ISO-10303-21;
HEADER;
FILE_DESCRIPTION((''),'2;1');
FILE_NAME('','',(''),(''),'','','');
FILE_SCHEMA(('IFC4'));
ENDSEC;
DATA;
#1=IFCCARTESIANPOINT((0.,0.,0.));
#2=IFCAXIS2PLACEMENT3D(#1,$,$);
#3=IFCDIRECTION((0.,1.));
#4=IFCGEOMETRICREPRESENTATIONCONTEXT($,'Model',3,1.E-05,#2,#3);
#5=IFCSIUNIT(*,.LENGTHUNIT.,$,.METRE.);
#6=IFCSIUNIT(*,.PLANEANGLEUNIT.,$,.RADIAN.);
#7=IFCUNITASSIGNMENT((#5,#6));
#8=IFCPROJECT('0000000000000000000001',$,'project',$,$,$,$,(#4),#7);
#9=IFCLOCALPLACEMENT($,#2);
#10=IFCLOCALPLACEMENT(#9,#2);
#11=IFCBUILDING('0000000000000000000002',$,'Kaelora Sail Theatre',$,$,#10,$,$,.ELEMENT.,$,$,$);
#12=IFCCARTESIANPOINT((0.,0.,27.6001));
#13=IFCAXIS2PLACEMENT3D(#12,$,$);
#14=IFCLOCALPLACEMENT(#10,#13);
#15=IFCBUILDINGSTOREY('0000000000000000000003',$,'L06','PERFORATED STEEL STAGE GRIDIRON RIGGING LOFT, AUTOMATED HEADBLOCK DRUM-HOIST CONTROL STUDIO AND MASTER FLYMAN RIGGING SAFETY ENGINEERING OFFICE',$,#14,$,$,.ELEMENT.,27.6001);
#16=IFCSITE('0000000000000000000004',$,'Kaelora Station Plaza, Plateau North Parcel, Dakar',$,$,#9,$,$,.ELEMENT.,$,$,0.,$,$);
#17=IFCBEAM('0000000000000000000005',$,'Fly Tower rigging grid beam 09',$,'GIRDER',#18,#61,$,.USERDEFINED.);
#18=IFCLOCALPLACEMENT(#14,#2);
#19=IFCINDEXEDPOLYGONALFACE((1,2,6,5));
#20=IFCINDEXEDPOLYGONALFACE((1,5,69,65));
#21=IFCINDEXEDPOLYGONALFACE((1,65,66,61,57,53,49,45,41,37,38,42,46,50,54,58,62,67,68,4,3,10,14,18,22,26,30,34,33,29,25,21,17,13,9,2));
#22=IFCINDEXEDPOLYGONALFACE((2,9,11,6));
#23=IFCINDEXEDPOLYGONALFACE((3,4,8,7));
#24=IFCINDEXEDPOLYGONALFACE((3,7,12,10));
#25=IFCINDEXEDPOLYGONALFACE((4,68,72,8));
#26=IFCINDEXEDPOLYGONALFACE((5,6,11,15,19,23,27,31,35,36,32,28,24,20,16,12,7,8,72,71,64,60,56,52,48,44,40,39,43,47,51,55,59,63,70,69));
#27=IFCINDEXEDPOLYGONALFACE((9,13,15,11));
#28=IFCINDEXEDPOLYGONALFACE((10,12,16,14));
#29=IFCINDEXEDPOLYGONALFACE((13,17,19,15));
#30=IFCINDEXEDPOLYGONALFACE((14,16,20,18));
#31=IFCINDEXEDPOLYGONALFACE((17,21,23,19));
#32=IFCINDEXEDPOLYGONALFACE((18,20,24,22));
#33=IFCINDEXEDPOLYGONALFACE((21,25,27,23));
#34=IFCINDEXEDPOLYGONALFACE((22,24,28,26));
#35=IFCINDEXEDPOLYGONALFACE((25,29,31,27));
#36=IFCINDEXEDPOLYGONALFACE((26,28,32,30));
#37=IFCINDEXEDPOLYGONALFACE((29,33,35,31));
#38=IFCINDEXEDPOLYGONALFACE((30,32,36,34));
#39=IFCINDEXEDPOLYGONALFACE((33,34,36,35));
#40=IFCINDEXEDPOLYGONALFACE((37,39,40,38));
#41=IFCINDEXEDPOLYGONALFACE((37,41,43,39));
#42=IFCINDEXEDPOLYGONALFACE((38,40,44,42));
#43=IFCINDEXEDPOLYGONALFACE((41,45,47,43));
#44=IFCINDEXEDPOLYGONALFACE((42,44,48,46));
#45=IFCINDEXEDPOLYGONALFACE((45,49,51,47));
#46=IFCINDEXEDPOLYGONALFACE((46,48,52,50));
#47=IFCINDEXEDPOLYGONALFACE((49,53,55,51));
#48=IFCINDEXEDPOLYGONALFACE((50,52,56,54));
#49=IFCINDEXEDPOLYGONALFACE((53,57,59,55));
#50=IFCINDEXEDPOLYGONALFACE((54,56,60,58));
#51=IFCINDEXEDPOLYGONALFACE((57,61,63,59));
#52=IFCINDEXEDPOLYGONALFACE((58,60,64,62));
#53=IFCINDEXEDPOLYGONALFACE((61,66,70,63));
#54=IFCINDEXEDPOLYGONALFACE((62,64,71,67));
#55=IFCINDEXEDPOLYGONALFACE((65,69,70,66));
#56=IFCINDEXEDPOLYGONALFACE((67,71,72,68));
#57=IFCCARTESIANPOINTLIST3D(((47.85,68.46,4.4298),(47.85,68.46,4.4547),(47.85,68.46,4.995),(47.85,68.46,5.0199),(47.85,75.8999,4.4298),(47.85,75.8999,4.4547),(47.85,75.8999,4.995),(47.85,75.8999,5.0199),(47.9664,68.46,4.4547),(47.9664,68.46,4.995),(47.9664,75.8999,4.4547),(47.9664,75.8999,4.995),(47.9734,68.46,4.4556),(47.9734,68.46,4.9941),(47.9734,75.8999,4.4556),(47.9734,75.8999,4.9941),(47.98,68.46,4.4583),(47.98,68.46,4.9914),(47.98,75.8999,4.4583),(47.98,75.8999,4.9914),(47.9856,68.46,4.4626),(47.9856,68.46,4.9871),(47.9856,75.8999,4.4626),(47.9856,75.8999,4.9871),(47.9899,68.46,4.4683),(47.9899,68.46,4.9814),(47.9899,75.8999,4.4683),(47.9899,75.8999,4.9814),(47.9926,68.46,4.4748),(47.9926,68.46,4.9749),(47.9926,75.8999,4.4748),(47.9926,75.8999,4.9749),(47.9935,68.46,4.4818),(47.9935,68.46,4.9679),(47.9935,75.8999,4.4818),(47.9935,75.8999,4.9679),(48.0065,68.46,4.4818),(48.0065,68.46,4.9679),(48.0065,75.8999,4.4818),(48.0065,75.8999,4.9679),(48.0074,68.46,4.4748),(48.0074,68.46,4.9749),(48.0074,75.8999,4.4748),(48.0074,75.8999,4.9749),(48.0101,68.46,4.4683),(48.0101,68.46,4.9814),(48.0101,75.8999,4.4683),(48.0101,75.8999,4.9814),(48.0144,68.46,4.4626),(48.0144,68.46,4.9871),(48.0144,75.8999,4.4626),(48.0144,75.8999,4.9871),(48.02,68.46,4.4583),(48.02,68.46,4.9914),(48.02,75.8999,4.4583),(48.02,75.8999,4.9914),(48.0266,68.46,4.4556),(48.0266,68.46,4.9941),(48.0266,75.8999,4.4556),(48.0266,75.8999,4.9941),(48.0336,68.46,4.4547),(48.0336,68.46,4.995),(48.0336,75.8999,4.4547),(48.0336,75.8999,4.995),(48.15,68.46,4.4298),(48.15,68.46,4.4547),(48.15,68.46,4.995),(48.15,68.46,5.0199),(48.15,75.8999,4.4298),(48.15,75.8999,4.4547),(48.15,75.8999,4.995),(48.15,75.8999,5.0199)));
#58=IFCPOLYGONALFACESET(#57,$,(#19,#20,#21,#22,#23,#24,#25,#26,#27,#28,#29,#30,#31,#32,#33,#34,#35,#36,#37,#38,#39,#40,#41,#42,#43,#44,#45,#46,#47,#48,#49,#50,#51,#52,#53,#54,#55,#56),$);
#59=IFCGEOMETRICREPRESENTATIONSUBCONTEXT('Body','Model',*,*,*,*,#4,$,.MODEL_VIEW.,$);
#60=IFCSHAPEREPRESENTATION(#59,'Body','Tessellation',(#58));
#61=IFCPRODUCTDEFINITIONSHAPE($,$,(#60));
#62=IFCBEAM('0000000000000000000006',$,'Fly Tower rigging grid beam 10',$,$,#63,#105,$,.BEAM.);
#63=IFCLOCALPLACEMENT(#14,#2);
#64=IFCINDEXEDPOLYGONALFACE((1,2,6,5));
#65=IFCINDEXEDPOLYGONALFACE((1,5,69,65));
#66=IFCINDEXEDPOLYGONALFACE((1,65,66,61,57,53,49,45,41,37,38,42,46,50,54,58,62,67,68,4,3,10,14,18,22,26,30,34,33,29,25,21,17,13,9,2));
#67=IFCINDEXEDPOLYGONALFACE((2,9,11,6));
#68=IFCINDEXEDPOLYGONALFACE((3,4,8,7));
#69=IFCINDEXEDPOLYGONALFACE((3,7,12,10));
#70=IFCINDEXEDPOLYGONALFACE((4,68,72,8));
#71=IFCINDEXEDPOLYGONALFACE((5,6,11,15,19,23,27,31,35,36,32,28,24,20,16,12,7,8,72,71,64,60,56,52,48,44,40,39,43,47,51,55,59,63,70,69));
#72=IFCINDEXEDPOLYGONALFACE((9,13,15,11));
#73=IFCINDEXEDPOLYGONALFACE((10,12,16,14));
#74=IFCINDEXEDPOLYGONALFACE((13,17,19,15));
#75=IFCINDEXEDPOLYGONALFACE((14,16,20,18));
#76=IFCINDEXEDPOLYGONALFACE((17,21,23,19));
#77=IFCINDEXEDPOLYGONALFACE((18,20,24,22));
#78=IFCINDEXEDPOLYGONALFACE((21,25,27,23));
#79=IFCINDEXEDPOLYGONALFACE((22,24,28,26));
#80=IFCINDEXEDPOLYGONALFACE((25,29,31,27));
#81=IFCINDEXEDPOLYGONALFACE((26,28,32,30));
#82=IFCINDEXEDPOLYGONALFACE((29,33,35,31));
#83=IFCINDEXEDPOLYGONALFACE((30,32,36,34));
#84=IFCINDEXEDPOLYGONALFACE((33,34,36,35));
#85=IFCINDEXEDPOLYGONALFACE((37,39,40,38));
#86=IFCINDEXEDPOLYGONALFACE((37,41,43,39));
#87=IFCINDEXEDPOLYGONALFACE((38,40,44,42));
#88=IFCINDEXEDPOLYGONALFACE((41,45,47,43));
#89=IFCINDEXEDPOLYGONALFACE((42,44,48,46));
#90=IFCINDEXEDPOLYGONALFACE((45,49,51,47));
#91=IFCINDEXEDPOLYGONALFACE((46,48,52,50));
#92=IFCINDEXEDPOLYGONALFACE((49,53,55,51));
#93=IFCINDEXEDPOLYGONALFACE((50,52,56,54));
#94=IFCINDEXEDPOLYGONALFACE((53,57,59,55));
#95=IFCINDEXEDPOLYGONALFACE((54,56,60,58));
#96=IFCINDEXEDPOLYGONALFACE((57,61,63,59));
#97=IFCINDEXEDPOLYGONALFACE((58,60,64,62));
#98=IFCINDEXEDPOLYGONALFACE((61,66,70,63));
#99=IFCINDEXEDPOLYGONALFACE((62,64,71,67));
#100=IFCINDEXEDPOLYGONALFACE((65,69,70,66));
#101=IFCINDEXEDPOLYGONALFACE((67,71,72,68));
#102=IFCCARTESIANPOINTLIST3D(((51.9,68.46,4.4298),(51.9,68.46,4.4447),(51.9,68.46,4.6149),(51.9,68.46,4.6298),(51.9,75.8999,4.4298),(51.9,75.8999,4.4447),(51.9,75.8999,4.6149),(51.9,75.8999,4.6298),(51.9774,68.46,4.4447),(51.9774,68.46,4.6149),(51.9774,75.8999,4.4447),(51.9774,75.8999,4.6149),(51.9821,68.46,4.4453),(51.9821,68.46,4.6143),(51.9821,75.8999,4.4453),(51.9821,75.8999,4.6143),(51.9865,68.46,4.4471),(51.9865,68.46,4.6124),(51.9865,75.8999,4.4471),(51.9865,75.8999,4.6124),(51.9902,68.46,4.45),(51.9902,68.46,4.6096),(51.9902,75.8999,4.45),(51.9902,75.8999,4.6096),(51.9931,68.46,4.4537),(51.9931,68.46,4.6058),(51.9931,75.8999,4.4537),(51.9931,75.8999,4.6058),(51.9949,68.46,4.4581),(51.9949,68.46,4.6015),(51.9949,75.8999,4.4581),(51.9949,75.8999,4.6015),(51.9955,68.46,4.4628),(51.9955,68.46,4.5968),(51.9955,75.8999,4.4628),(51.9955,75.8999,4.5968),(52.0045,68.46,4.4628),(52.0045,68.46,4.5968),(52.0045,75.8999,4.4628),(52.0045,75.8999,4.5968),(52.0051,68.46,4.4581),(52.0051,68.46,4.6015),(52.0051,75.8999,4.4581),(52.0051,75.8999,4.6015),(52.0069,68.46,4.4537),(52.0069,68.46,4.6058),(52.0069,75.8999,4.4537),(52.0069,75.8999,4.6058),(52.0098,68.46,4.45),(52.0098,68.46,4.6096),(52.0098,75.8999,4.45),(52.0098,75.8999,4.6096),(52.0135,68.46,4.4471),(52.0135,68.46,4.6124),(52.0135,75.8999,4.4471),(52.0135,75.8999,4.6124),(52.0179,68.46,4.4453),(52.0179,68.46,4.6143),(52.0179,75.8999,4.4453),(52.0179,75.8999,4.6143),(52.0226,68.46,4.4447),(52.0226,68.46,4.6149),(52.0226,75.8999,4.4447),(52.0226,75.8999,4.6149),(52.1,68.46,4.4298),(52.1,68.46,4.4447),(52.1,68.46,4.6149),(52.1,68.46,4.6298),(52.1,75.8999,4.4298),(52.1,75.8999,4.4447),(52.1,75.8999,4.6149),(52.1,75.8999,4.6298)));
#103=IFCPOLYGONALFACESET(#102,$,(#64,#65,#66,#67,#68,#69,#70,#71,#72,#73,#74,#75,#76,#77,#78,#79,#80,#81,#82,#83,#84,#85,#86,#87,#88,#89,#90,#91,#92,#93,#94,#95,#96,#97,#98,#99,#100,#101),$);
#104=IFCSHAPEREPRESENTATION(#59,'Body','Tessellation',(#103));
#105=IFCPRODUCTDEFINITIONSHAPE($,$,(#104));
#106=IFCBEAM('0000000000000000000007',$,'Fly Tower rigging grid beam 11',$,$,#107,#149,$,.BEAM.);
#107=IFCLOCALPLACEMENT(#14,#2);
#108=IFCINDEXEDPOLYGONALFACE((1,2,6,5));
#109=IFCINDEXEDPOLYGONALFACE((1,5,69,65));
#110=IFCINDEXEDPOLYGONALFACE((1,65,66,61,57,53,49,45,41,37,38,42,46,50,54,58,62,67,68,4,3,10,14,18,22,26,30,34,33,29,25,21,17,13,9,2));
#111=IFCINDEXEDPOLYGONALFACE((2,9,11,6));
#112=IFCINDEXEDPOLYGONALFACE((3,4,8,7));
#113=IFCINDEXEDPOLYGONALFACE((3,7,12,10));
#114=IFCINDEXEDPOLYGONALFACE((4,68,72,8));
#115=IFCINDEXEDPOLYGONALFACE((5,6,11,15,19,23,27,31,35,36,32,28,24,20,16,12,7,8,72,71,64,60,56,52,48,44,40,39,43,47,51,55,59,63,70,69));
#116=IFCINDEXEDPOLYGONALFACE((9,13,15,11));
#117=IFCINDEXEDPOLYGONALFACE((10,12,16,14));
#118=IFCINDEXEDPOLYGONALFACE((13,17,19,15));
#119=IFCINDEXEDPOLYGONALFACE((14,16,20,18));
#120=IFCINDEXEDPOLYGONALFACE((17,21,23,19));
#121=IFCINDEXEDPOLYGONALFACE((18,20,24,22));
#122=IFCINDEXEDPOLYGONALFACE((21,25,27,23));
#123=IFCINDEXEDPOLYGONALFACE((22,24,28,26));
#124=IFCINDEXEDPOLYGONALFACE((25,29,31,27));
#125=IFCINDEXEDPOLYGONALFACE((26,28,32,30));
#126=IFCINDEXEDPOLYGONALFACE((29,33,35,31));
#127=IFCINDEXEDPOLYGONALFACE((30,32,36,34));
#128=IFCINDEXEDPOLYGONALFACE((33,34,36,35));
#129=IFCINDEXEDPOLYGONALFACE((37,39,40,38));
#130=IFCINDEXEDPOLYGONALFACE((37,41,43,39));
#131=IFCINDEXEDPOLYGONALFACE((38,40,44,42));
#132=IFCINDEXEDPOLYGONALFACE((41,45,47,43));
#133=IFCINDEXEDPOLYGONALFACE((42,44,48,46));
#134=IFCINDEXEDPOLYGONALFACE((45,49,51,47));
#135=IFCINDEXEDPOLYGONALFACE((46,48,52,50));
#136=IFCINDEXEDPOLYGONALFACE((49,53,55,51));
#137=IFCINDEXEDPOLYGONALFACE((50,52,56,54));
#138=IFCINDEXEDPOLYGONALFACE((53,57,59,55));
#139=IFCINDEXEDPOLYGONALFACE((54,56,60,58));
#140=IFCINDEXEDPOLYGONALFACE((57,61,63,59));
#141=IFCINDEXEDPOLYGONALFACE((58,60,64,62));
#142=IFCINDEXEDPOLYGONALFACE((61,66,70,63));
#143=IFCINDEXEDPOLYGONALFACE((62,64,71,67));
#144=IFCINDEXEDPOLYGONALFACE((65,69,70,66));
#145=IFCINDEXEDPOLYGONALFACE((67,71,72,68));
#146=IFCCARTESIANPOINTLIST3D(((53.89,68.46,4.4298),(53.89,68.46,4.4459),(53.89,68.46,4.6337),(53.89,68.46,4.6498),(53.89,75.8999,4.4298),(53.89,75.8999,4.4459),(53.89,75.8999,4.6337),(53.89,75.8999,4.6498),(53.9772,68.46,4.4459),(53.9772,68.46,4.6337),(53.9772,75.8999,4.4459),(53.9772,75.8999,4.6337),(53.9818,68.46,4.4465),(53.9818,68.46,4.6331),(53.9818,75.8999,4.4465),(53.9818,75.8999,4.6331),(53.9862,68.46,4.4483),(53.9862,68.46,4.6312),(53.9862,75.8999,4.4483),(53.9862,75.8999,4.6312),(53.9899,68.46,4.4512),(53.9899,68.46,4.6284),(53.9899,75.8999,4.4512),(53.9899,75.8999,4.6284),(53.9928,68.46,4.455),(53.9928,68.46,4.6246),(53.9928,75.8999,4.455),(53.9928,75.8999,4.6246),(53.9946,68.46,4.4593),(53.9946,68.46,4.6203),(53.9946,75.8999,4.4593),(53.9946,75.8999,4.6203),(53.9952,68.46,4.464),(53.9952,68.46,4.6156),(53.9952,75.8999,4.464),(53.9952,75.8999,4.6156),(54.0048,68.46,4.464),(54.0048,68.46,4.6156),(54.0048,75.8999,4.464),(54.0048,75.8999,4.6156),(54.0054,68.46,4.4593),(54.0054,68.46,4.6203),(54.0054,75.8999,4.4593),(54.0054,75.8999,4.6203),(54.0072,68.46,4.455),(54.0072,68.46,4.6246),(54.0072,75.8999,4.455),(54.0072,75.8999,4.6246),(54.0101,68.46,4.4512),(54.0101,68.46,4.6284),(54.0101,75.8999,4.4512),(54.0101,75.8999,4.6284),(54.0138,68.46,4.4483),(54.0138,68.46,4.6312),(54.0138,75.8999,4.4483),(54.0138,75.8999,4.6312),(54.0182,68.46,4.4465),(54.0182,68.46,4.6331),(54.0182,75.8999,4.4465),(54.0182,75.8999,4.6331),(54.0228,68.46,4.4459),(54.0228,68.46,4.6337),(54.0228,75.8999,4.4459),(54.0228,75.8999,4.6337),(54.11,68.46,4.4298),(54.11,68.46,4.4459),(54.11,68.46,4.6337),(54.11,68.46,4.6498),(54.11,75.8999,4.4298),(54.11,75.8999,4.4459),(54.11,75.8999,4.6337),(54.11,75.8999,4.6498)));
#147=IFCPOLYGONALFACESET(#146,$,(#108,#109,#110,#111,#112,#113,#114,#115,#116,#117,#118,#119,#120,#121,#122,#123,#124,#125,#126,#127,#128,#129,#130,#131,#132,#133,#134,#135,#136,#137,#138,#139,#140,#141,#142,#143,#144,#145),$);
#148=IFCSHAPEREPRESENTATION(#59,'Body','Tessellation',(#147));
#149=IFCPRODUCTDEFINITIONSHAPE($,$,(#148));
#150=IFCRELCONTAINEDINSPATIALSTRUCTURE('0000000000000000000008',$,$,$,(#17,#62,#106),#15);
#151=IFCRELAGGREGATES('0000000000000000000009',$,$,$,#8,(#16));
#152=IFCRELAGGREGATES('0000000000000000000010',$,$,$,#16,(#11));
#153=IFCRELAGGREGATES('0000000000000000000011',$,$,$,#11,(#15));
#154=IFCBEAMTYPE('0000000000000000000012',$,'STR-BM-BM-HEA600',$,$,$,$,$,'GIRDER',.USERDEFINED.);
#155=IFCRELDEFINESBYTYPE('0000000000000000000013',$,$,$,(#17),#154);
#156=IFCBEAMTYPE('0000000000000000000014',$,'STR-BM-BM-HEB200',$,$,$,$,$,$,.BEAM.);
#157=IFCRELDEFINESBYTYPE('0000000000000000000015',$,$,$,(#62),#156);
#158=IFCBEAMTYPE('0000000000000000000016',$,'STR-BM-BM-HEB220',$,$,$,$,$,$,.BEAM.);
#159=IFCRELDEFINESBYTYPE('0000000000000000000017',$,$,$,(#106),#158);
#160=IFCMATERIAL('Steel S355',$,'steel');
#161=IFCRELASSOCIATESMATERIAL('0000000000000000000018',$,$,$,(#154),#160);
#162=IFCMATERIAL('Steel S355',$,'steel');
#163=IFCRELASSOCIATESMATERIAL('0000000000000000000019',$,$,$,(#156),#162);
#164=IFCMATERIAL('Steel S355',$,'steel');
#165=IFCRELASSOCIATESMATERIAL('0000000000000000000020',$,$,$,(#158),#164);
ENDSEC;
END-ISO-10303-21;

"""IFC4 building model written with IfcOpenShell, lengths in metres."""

from ifc_helpers import new_model, si_unit, direction, frame, origin, origin_2d, place, context, subcontext, project, spatial, i_section, extrude, material, material_profile, profile_set, type_object, element, save


model = new_model("IFC4")

# Units and contexts
model_context = context("Model", 3, precision=1e-05, world=origin(), true_north=direction((0.0, 1.0)))
body_context = subcontext(model_context, "Body", "Model", "MODEL_VIEW")
ifc_project = project(units=[si_unit("LENGTHUNIT", "METRE"), si_unit("PLANEANGLEUNIT", "RADIAN")], contexts=[model_context])

# Site, building, storey
site_placement = place(None, origin())
site = spatial("IfcSite", under=ifc_project, at=site_placement, Name="Kaelora Station Plaza, Plateau North Parcel, Dakar", CompositionType="ELEMENT", RefElevation=0.0)
building_placement = place(site_placement, origin())
building = spatial("IfcBuilding", under=site, at=building_placement, Name="Kaelora Sail Theatre", CompositionType="ELEMENT")
storey_placement = place(building_placement, frame((0.0, 0.0, 27.6001)))
storey = spatial("IfcBuildingStorey", under=building, at=storey_placement, Name="L06", Description="PERFORATED STEEL STAGE GRIDIRON RIGGING LOFT, AUTOMATED HEADBLOCK DRUM-HOIST CONTROL STUDIO AND MASTER FLYMAN RIGGING SAFETY ENGINEERING OFFICE", CompositionType="ELEMENT", Elevation=27.6001)

# Beams
ifc_material_1 = material(Name="Steel S355", Category="steel")
ifc_material_profile_1 = material_profile(ifc_material_1, i_section(OverallWidth=0.3, OverallDepth=0.5901, WebThickness=0.0129, FlangeThickness=0.0249, FilletRadius=0.0271, at=origin_2d()), Name="HEA 600")
ifc_profile_set_1 = profile_set([ifc_material_profile_1], Name="Steel S355")
beam_type_1 = type_object("IfcBeamType", Name="STR-BM-BM-HEA600", ElementType="GIRDER", PredefinedType="USERDEFINED", material=ifc_profile_set_1)
beam_1_placement = place(storey_placement, frame((48.0, 68.46, 4.7249), z_axis=(0.0, 1.0, 0.0), x_axis=(-1.0, 0.0, 0.0)))
element("IfcBeam", 1, at=beam_1_placement, inside=storey, type_object=beam_type_1, Name="Fly Tower rigging grid beam 09", ObjectType="GIRDER", PredefinedType="USERDEFINED", context=body_context, shape_type="SweptSolid", body=[
    extrude(i_section(OverallWidth=0.3, OverallDepth=0.5901, WebThickness=0.0129, FlangeThickness=0.0249, FilletRadius=0.0271, at=origin_2d()), origin(), (0.0, 0.0, 1.0), 7.4399),
])
ifc_material_2 = material(Name="Steel S355", Category="steel")
ifc_material_profile_2 = material_profile(ifc_material_2, i_section(OverallWidth=0.2, OverallDepth=0.2, WebThickness=0.009, FlangeThickness=0.0149, FilletRadius=0.0181, at=origin_2d()), Name="HEB 200")
ifc_profile_set_2 = profile_set([ifc_material_profile_2], Name="Steel S355")
beam_type_2 = type_object("IfcBeamType", Name="STR-BM-BM-HEB200", PredefinedType="BEAM", material=ifc_profile_set_2)
beam_2_placement = place(storey_placement, frame((52.0, 68.46, 4.5298), z_axis=(0.0, 1.0, 0.0), x_axis=(-1.0, 0.0, 0.0)))
element("IfcBeam", 2, at=beam_2_placement, inside=storey, type_object=beam_type_2, Name="Fly Tower rigging grid beam 10", PredefinedType="BEAM", context=body_context, shape_type="SweptSolid", body=[
    extrude(i_section(OverallWidth=0.2, OverallDepth=0.2, WebThickness=0.009, FlangeThickness=0.0149, FilletRadius=0.0181, at=origin_2d()), origin(), (0.0, 0.0, 1.0), 7.4399),
])
ifc_material_3 = material(Name="Steel S355", Category="steel")
ifc_material_profile_3 = material_profile(ifc_material_3, i_section(OverallWidth=0.22, OverallDepth=0.22, WebThickness=0.0095, FlangeThickness=0.0161, FilletRadius=0.0181, at=origin_2d()), Name="HEB 220")
ifc_profile_set_3 = profile_set([ifc_material_profile_3], Name="Steel S355")
beam_type_3 = type_object("IfcBeamType", Name="STR-BM-BM-HEB220", PredefinedType="BEAM", material=ifc_profile_set_3)
beam_3_placement = place(storey_placement, frame((54.0, 68.46, 4.5398), z_axis=(0.0, 1.0, 0.0), x_axis=(-1.0, 0.0, 0.0)))
element("IfcBeam", 3, at=beam_3_placement, inside=storey, type_object=beam_type_3, Name="Fly Tower rigging grid beam 11", PredefinedType="BEAM", context=body_context, shape_type="SweptSolid", body=[
    extrude(i_section(OverallWidth=0.22, OverallDepth=0.22, WebThickness=0.0095, FlangeThickness=0.0161, FilletRadius=0.0181, at=origin_2d()), origin(), (0.0, 0.0, 1.0), 7.4399),
])

save(model, "model.ifc")
